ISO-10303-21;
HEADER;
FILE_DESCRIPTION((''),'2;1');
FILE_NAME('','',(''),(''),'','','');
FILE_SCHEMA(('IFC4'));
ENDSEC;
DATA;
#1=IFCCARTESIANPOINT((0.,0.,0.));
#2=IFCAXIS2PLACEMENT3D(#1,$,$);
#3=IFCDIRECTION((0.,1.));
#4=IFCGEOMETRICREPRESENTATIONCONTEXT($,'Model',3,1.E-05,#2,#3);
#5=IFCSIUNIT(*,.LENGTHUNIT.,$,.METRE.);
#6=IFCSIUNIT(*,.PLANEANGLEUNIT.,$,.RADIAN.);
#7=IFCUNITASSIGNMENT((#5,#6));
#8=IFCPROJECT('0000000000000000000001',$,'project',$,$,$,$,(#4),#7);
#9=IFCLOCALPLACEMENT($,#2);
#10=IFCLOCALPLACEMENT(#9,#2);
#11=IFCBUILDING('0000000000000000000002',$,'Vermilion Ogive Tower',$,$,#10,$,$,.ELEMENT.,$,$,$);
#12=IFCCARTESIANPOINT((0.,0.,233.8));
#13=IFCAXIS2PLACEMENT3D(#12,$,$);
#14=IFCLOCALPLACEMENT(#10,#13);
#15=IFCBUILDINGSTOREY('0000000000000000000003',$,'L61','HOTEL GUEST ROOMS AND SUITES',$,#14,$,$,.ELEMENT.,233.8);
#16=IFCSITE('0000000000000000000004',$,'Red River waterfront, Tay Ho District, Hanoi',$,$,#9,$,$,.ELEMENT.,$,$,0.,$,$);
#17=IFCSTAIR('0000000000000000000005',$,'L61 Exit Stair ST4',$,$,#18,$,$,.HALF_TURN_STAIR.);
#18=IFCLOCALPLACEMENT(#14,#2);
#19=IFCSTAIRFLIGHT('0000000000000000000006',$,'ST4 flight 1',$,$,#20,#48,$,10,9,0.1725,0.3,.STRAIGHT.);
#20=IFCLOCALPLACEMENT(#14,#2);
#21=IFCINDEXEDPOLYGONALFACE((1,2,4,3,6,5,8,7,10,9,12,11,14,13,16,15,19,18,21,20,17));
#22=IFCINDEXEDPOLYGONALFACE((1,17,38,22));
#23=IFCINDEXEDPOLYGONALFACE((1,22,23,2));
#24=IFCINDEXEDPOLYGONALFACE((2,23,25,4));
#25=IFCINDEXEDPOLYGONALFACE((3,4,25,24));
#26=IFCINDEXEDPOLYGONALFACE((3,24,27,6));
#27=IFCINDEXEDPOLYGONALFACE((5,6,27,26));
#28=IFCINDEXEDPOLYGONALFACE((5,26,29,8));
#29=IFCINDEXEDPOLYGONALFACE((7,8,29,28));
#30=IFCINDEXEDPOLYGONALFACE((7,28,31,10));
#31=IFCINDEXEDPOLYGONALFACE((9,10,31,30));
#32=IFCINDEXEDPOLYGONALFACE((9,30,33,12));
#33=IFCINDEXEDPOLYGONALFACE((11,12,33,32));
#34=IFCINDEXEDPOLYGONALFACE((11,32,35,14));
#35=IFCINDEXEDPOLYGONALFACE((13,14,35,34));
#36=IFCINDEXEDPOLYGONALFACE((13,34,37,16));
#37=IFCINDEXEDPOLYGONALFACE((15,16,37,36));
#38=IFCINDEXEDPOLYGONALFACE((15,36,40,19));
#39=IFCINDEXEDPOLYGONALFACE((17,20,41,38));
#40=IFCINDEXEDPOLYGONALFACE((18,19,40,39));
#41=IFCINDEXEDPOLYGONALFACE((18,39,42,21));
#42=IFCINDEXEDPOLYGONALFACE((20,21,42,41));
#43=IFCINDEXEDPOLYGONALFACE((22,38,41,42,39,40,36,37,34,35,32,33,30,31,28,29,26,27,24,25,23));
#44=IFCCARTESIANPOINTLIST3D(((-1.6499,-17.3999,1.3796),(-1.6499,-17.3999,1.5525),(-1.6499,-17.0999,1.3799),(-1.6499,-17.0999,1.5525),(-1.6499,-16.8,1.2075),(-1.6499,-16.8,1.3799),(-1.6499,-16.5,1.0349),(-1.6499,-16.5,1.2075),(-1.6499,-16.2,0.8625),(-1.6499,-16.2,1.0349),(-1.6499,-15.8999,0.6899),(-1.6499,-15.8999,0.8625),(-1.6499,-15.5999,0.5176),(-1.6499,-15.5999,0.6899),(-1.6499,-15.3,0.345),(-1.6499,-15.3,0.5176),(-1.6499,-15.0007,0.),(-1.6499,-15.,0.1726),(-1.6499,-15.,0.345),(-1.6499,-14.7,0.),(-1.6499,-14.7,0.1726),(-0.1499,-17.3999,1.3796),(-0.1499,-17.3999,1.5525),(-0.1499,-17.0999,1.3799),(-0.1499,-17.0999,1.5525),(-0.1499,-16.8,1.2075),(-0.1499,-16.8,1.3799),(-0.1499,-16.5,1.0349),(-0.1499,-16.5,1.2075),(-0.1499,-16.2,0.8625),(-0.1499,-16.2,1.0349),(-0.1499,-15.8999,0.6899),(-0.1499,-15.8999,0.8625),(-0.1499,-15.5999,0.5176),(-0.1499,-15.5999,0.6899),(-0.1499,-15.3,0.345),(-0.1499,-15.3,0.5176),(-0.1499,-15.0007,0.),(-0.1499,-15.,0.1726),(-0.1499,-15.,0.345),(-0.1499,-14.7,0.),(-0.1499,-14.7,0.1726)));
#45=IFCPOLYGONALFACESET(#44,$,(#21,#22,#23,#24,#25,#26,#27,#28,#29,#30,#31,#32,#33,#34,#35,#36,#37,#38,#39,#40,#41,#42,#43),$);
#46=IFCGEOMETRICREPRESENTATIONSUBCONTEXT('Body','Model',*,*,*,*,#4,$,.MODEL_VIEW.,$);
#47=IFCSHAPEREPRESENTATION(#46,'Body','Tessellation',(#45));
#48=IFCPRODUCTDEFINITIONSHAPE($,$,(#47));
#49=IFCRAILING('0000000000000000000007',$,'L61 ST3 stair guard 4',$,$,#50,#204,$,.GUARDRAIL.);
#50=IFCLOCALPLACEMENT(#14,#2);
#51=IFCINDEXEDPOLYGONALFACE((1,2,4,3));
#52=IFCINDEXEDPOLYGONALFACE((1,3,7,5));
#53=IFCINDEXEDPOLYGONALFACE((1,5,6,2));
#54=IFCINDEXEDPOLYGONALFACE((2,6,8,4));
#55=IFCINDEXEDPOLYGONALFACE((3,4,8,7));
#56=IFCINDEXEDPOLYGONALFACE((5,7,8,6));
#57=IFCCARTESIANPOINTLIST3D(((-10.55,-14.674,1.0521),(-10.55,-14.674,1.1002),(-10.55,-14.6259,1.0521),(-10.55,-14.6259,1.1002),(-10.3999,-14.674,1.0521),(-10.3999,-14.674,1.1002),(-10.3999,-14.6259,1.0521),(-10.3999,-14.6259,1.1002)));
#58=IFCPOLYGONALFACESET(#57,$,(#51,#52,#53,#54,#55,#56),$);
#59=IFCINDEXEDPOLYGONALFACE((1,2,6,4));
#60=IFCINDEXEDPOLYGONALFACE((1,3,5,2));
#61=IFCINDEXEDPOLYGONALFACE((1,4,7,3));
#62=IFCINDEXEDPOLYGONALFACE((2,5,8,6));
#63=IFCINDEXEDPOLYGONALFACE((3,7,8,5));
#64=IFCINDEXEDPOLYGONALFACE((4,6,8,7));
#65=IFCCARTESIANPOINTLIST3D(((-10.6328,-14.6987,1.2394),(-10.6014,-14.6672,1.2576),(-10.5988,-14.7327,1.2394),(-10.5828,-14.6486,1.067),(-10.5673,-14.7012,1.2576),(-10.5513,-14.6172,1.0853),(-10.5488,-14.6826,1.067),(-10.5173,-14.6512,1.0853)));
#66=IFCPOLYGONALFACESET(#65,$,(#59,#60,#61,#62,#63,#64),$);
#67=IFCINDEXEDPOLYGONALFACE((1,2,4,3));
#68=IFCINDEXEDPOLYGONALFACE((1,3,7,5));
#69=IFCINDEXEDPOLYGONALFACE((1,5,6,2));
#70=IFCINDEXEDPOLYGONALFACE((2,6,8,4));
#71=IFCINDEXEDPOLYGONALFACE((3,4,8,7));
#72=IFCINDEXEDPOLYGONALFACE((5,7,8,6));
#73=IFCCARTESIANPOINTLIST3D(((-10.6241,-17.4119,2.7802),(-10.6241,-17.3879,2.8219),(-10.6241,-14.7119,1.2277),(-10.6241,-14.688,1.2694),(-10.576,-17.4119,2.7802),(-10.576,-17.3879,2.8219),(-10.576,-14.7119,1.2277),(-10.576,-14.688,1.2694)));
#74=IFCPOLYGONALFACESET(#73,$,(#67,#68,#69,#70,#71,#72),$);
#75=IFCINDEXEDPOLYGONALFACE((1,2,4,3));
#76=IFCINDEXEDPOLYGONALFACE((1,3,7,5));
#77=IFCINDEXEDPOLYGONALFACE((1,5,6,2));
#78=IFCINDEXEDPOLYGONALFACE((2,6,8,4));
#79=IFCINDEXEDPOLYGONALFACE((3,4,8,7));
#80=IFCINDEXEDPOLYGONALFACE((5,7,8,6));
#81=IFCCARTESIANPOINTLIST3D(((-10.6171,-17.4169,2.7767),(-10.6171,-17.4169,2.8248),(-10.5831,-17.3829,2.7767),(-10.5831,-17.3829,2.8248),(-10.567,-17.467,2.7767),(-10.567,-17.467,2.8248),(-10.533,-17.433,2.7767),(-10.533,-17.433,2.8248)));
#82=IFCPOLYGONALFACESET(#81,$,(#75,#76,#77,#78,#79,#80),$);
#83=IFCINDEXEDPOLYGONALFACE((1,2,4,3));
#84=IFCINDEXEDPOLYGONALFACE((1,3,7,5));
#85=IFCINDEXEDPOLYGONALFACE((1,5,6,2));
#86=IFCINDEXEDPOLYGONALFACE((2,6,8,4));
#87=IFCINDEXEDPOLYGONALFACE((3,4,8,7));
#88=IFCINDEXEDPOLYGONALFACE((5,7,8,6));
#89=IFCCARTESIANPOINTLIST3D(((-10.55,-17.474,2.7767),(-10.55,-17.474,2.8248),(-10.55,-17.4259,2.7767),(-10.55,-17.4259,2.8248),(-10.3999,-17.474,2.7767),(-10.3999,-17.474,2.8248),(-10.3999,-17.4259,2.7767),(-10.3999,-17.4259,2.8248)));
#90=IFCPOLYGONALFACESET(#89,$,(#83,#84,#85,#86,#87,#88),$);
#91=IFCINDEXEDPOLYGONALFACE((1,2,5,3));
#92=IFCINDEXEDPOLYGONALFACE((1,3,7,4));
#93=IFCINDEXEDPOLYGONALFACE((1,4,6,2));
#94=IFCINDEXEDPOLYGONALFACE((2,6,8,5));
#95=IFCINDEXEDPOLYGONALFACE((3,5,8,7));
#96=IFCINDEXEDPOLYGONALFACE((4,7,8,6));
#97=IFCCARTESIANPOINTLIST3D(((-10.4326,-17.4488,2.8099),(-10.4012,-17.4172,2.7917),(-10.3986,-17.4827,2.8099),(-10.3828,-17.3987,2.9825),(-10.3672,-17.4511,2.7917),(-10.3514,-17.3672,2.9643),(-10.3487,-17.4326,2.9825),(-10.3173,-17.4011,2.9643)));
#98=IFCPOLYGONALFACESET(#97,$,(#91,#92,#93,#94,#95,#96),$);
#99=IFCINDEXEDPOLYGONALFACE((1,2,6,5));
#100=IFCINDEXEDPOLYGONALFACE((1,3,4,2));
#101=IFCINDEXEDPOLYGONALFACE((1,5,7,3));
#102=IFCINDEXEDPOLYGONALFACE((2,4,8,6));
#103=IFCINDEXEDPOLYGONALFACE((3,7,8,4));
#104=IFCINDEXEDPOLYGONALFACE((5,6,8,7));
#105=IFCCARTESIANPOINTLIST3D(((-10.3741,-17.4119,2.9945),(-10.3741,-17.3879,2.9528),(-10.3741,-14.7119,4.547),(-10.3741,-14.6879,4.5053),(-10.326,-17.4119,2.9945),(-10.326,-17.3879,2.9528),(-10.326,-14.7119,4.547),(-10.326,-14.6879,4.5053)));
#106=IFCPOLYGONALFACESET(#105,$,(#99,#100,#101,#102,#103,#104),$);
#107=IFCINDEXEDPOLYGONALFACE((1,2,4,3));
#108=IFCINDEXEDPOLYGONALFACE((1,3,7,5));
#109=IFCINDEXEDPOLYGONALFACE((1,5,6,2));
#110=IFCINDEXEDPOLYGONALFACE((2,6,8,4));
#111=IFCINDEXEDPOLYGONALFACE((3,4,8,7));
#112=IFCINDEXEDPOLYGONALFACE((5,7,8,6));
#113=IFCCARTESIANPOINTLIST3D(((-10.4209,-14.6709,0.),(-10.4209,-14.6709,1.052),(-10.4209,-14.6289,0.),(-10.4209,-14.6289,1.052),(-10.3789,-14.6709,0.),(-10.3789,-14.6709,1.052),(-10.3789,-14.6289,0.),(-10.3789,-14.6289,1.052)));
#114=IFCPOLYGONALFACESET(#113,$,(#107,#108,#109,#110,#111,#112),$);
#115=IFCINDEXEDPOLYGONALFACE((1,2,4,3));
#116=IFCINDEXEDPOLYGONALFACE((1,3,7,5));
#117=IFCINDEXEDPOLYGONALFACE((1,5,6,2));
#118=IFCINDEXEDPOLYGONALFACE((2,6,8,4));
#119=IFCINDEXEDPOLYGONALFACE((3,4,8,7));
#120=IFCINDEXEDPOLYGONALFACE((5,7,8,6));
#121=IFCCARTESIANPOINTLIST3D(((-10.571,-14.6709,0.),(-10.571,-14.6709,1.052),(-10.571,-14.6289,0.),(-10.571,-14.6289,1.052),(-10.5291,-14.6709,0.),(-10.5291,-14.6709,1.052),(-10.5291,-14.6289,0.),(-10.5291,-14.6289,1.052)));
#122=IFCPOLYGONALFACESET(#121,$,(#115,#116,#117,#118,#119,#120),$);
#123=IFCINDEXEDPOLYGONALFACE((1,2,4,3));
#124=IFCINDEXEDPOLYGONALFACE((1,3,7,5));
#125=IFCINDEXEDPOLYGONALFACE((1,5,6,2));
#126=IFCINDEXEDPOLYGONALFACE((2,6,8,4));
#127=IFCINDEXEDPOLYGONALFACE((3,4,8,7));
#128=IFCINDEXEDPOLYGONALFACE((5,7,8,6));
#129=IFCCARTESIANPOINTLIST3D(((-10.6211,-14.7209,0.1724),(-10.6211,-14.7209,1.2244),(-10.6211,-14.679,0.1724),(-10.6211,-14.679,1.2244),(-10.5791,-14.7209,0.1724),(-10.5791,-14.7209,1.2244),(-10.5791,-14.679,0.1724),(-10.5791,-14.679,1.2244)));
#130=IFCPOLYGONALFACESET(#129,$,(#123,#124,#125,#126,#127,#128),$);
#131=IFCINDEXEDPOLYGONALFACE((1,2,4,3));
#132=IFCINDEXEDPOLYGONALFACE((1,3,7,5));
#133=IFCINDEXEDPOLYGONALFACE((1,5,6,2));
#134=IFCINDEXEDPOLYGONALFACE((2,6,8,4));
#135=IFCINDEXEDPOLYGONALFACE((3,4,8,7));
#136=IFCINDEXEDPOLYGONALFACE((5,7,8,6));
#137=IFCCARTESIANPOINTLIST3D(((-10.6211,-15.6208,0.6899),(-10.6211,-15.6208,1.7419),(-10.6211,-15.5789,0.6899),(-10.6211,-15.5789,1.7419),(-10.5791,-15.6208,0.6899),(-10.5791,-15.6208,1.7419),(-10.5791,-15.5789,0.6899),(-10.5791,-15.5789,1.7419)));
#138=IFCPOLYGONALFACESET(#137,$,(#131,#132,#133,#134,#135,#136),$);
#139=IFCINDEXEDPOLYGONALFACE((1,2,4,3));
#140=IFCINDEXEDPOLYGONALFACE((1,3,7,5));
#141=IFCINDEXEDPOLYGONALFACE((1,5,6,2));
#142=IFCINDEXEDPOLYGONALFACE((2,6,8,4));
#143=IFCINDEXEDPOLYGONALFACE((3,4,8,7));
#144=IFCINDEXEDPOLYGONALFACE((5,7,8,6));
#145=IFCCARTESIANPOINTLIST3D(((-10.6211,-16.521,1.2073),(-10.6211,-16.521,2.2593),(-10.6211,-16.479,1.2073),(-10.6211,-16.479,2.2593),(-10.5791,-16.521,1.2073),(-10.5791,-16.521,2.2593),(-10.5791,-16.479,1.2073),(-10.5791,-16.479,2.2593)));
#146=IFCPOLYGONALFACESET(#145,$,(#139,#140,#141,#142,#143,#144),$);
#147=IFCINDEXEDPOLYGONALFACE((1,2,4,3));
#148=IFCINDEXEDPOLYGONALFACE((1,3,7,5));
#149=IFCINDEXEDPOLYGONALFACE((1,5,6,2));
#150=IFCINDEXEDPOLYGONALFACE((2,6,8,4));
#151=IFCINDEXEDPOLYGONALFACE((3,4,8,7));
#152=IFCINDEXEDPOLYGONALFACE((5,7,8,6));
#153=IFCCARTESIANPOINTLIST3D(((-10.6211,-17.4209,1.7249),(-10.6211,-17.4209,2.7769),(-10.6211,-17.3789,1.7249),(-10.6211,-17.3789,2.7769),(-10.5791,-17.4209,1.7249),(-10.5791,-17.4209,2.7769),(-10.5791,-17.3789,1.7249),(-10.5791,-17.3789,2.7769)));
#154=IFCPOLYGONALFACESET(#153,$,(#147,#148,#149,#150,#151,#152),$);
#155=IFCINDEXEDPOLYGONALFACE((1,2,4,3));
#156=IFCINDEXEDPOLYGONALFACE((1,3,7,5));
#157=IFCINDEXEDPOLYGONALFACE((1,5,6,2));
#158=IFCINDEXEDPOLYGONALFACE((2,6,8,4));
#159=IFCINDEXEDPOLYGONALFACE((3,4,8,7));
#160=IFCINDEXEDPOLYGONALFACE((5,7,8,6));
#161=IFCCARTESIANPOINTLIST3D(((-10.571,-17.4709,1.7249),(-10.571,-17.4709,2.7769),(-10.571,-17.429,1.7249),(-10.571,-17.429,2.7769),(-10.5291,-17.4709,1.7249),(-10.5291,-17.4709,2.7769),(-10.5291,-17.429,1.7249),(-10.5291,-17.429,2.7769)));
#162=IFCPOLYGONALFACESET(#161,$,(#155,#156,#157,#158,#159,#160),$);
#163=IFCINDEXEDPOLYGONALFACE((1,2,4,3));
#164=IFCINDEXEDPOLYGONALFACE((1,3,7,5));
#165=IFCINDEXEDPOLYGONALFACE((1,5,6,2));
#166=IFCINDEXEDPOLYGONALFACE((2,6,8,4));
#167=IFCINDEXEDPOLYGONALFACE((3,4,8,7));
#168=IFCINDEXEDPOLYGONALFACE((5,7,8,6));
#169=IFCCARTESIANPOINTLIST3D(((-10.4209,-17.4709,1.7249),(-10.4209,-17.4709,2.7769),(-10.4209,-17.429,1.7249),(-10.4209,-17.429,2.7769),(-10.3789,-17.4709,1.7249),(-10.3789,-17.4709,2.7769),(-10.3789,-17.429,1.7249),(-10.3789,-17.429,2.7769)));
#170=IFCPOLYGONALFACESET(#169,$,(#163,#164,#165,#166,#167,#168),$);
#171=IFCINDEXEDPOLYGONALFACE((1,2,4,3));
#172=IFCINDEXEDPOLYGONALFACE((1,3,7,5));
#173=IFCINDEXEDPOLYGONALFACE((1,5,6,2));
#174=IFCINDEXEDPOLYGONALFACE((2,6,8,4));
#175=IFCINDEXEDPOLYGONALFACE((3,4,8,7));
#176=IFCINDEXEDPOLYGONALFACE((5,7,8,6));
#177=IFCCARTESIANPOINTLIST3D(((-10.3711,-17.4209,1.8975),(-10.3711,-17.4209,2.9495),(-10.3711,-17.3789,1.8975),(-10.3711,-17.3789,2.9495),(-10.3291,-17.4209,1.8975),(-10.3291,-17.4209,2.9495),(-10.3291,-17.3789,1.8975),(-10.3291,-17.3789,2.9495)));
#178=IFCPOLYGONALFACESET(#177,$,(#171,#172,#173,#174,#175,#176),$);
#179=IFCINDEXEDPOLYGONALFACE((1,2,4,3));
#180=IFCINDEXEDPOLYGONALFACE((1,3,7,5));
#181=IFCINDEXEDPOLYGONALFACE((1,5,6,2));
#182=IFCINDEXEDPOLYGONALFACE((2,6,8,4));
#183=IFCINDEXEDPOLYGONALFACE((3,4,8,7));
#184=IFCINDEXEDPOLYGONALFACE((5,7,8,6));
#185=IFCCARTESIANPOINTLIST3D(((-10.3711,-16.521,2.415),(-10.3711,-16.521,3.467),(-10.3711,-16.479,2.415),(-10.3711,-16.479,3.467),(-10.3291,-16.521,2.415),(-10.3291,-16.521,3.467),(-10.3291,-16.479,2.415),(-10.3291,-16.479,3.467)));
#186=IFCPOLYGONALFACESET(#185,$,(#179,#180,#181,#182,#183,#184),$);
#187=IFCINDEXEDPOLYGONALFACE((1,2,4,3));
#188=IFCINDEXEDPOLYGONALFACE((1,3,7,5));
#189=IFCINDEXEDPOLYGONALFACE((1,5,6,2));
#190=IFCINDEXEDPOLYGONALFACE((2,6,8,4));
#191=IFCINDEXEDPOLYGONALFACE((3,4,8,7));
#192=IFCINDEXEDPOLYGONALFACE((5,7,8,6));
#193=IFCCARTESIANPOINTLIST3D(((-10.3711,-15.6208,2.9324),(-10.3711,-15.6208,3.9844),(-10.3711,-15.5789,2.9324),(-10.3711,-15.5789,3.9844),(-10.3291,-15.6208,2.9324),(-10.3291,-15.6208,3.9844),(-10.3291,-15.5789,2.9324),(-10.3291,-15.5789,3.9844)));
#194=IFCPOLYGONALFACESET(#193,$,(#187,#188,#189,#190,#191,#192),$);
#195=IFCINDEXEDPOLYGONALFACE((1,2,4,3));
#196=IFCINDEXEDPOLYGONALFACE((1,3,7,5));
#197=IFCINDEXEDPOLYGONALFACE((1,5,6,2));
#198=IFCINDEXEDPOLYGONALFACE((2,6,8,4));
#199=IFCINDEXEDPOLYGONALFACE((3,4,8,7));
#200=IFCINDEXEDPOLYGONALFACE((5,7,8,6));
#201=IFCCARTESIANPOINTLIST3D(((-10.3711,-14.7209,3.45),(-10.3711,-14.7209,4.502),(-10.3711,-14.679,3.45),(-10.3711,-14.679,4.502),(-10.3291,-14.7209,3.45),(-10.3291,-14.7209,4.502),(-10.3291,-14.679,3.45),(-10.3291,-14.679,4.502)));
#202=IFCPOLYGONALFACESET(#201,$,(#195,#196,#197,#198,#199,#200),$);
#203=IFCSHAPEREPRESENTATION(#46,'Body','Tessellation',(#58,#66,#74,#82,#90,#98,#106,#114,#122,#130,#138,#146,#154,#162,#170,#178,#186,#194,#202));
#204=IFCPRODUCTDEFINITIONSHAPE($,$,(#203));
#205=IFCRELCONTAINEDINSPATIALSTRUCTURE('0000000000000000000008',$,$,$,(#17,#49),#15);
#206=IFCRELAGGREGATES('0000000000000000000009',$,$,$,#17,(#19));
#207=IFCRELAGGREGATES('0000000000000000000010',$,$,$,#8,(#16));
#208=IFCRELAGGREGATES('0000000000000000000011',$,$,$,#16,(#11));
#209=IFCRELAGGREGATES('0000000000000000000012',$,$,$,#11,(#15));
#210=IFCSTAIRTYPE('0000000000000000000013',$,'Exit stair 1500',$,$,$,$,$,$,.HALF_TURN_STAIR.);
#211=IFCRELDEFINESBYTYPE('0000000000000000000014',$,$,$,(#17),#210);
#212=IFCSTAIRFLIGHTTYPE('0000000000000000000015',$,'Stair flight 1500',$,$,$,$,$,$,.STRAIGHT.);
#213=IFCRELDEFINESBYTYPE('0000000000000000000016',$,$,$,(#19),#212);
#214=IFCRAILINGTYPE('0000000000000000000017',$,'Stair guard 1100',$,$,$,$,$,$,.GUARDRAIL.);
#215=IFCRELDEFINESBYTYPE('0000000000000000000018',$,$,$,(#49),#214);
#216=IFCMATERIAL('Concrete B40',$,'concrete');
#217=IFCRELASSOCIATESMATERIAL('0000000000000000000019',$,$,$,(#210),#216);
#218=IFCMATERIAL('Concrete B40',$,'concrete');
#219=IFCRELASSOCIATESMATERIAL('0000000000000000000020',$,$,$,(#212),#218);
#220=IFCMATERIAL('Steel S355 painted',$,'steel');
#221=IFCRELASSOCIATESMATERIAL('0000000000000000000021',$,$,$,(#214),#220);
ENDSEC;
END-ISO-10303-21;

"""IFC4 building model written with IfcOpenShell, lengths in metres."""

from ifc_helpers import new_model, si_unit, direction, frame, origin, origin_2d, place, context, subcontext, project, spatial, polyline, rectangle, outline, extrude, material, type_object, element, aggregate, save


model = new_model("IFC4")

# Units and contexts
model_context = context("Model", 3, precision=1e-05, world=origin(), true_north=direction((0.0, 1.0)))
body_context = subcontext(model_context, "Body", "Model", "MODEL_VIEW")
ifc_project = project(units=[si_unit("LENGTHUNIT", "METRE"), si_unit("PLANEANGLEUNIT", "RADIAN")], contexts=[model_context])

# Site, building, storey
site_placement = place(None, origin())
site = spatial("IfcSite", under=ifc_project, at=site_placement, Name="Red River waterfront, Tay Ho District, Hanoi", CompositionType="ELEMENT", RefElevation=0.0)
building_placement = place(site_placement, origin())
building = spatial("IfcBuilding", under=site, at=building_placement, Name="Vermilion Ogive Tower", CompositionType="ELEMENT")
storey_placement = place(building_placement, frame((0.0, 0.0, 233.8)))
storey = spatial("IfcBuildingStorey", under=building, at=storey_placement, Name="L61", Description="HOTEL GUEST ROOMS AND SUITES", CompositionType="ELEMENT", Elevation=233.8)

# Stair, stair flight
ifc_material_1 = material(Name="Concrete B40", Category="concrete")
stair_type = type_object("IfcStairType", Name="Exit stair 1500", PredefinedType="HALF_TURN_STAIR", material=ifc_material_1)
ifc_material_2 = material(Name="Concrete B40", Category="concrete")
stair_flight_type = type_object("IfcStairFlightType", Name="Stair flight 1500", PredefinedType="STRAIGHT", material=ifc_material_2)
stair_1_placement = place(storey_placement, origin())
stair_1 = element("IfcStair", 1, at=stair_1_placement, inside=storey, type_object=stair_type, Name="L61 Exit Stair ST4", PredefinedType="HALF_TURN_STAIR")
stair_flight_1_placement = place(storey_placement, frame((-0.8999, -14.7, 0.0), z_axis=(0.0, 0.0, 1.0), x_axis=(0.0, -1.0, 0.0)))
stair_flight_1 = element("IfcStairFlight", 2, at=stair_flight_1_placement, type_object=stair_flight_type, Name="ST4 flight 1", NumberOfRisers=10, NumberOfTreads=9, PredefinedType="STRAIGHT", RiserHeight=0.1725, TreadLength=0.3, context=body_context, shape_type="SweptSolid", body=[
    extrude(outline(polyline([(0.0, 0.0), (0.0, 0.1726), (0.3, 0.1726), (0.3, 0.345), (0.6001, 0.345), (0.6001, 0.5176), (0.8999, 0.5176), (0.8999, 0.6899), (1.2, 0.6899), (1.2, 0.8625), (1.5, 0.8625), (1.5, 1.0349), (1.8, 1.0349), (1.8, 1.2075), (2.1001, 1.2075), (2.1001, 1.3799), (2.3999, 1.3799), (2.3999, 1.5525), (2.7, 1.5525), (2.7, 1.7251), (2.7, 1.3796), (0.3008, 0.0), (0.0, 0.0)])), frame((0.0, 0.75, 0.0), z_axis=(0.0, -1.0, 0.0), x_axis=(1.0, 0.0, 0.0)), (0.0, 0.0, 1.0), 1.5),
])
aggregate(stair_1, [stair_flight_1])

# Railing
ifc_material_3 = material(Name="Steel S355 painted", Category="steel")
railing_type_1 = type_object("IfcRailingType", Name="Stair guard 1100", PredefinedType="GUARDRAIL", material=ifc_material_3)
railing_1_placement = place(storey_placement, frame((-10.3999, -14.6499, 0.0)))
element("IfcRailing", 3, at=railing_1_placement, inside=storey, type_object=railing_type_1, Name="L61 ST3 stair guard 4", PredefinedType="GUARDRAIL", context=body_context, shape_type="SweptSolid", body=[
    extrude(rectangle(XDim=0.0481, YDim=0.0481, at=origin_2d()), frame((0.0, 0.0, 1.0762), z_axis=(-1.0, 0.0, 0.0), x_axis=(0.0, -1.0, 0.0)), (0.0, 0.0, 1.0), 0.1501),
    extrude(rectangle(XDim=0.0481, YDim=0.0481, at=origin_2d()), frame((-0.1501, 0.0, 1.0762), z_axis=(-0.268603, -0.268603, 0.925043), x_axis=(0.707107, -0.707107, 0.0)), (0.0, 0.0, 1.0), 0.1863),
    extrude(rectangle(XDim=0.0481, YDim=0.0481, at=origin_2d()), frame((-0.2002, -0.05, 1.2485), z_axis=(0.0, -0.866904, 0.498476), x_axis=(1.0, 0.0, 0.0)), (0.0, 0.0, 1.0), 3.1145),
    extrude(rectangle(XDim=0.0481, YDim=0.0481, at=origin_2d()), frame((-0.2002, -2.75, 2.8008), z_axis=(0.707107, -0.707107, 0.0), x_axis=(0.707107, 0.707107, 0.0)), (0.0, 0.0, 1.0), 0.0708),
    extrude(rectangle(XDim=0.0481, YDim=0.0481, at=origin_2d()), frame((-0.1501, -2.8, 2.8008), z_axis=(1.0, 0.0, 0.0), x_axis=(0.0, 1.0, 0.0)), (0.0, 0.0, 1.0), 0.1501),
    extrude(rectangle(XDim=0.0481, YDim=0.0481, at=origin_2d()), frame((0.0, -2.8, 2.8008), z_axis=(0.267063, 0.268372, 0.925556), x_axis=(-0.708834, 0.705376, 0.0)), (0.0, 0.0, 1.0), 0.1865),
    extrude(rectangle(XDim=0.0481, YDim=0.0481, at=origin_2d()), frame((0.0498, -2.75, 2.9736), z_axis=(0.0, 0.866904, 0.498476), x_axis=(-1.0, 0.0, 0.0)), (0.0, 0.0, 1.0), 3.1145),
    extrude(rectangle(XDim=0.042, YDim=0.042, at=origin_2d()), origin(), (0.0, 0.0, 1.0), 1.052),
    extrude(rectangle(XDim=0.042, YDim=0.042, at=origin_2d()), frame((-0.1501, 0.0, 0.0)), (0.0, 0.0, 1.0), 1.052),
    extrude(rectangle(XDim=0.042, YDim=0.042, at=origin_2d()), frame((-0.2002, -0.05, 0.1724)), (0.0, 0.0, 1.0), 1.052),
    extrude(rectangle(XDim=0.042, YDim=0.042, at=origin_2d()), frame((-0.2002, -0.95, 0.6899)), (0.0, 0.0, 1.0), 1.052),
    extrude(rectangle(XDim=0.042, YDim=0.042, at=origin_2d()), frame((-0.2002, -1.8501, 1.2073)), (0.0, 0.0, 1.0), 1.052),
    extrude(rectangle(XDim=0.042, YDim=0.042, at=origin_2d()), frame((-0.2002, -2.75, 1.7249)), (0.0, 0.0, 1.0), 1.052),
    extrude(rectangle(XDim=0.042, YDim=0.042, at=origin_2d()), frame((-0.1501, -2.8, 1.7249)), (0.0, 0.0, 1.0), 1.052),
    extrude(rectangle(XDim=0.042, YDim=0.042, at=origin_2d()), frame((0.0, -2.8, 1.7249)), (0.0, 0.0, 1.0), 1.052),
    extrude(rectangle(XDim=0.042, YDim=0.042, at=origin_2d()), frame((0.0498, -2.75, 1.8975)), (0.0, 0.0, 1.0), 1.052),
    extrude(rectangle(XDim=0.042, YDim=0.042, at=origin_2d()), frame((0.0498, -1.8501, 2.415)), (0.0, 0.0, 1.0), 1.052),
    extrude(rectangle(XDim=0.042, YDim=0.042, at=origin_2d()), frame((0.0498, -0.95, 2.9324)), (0.0, 0.0, 1.0), 1.052),
    extrude(rectangle(XDim=0.042, YDim=0.042, at=origin_2d()), frame((0.0498, -0.05, 3.45)), (0.0, 0.0, 1.0), 1.052),
])

save(model, "model.ifc")
